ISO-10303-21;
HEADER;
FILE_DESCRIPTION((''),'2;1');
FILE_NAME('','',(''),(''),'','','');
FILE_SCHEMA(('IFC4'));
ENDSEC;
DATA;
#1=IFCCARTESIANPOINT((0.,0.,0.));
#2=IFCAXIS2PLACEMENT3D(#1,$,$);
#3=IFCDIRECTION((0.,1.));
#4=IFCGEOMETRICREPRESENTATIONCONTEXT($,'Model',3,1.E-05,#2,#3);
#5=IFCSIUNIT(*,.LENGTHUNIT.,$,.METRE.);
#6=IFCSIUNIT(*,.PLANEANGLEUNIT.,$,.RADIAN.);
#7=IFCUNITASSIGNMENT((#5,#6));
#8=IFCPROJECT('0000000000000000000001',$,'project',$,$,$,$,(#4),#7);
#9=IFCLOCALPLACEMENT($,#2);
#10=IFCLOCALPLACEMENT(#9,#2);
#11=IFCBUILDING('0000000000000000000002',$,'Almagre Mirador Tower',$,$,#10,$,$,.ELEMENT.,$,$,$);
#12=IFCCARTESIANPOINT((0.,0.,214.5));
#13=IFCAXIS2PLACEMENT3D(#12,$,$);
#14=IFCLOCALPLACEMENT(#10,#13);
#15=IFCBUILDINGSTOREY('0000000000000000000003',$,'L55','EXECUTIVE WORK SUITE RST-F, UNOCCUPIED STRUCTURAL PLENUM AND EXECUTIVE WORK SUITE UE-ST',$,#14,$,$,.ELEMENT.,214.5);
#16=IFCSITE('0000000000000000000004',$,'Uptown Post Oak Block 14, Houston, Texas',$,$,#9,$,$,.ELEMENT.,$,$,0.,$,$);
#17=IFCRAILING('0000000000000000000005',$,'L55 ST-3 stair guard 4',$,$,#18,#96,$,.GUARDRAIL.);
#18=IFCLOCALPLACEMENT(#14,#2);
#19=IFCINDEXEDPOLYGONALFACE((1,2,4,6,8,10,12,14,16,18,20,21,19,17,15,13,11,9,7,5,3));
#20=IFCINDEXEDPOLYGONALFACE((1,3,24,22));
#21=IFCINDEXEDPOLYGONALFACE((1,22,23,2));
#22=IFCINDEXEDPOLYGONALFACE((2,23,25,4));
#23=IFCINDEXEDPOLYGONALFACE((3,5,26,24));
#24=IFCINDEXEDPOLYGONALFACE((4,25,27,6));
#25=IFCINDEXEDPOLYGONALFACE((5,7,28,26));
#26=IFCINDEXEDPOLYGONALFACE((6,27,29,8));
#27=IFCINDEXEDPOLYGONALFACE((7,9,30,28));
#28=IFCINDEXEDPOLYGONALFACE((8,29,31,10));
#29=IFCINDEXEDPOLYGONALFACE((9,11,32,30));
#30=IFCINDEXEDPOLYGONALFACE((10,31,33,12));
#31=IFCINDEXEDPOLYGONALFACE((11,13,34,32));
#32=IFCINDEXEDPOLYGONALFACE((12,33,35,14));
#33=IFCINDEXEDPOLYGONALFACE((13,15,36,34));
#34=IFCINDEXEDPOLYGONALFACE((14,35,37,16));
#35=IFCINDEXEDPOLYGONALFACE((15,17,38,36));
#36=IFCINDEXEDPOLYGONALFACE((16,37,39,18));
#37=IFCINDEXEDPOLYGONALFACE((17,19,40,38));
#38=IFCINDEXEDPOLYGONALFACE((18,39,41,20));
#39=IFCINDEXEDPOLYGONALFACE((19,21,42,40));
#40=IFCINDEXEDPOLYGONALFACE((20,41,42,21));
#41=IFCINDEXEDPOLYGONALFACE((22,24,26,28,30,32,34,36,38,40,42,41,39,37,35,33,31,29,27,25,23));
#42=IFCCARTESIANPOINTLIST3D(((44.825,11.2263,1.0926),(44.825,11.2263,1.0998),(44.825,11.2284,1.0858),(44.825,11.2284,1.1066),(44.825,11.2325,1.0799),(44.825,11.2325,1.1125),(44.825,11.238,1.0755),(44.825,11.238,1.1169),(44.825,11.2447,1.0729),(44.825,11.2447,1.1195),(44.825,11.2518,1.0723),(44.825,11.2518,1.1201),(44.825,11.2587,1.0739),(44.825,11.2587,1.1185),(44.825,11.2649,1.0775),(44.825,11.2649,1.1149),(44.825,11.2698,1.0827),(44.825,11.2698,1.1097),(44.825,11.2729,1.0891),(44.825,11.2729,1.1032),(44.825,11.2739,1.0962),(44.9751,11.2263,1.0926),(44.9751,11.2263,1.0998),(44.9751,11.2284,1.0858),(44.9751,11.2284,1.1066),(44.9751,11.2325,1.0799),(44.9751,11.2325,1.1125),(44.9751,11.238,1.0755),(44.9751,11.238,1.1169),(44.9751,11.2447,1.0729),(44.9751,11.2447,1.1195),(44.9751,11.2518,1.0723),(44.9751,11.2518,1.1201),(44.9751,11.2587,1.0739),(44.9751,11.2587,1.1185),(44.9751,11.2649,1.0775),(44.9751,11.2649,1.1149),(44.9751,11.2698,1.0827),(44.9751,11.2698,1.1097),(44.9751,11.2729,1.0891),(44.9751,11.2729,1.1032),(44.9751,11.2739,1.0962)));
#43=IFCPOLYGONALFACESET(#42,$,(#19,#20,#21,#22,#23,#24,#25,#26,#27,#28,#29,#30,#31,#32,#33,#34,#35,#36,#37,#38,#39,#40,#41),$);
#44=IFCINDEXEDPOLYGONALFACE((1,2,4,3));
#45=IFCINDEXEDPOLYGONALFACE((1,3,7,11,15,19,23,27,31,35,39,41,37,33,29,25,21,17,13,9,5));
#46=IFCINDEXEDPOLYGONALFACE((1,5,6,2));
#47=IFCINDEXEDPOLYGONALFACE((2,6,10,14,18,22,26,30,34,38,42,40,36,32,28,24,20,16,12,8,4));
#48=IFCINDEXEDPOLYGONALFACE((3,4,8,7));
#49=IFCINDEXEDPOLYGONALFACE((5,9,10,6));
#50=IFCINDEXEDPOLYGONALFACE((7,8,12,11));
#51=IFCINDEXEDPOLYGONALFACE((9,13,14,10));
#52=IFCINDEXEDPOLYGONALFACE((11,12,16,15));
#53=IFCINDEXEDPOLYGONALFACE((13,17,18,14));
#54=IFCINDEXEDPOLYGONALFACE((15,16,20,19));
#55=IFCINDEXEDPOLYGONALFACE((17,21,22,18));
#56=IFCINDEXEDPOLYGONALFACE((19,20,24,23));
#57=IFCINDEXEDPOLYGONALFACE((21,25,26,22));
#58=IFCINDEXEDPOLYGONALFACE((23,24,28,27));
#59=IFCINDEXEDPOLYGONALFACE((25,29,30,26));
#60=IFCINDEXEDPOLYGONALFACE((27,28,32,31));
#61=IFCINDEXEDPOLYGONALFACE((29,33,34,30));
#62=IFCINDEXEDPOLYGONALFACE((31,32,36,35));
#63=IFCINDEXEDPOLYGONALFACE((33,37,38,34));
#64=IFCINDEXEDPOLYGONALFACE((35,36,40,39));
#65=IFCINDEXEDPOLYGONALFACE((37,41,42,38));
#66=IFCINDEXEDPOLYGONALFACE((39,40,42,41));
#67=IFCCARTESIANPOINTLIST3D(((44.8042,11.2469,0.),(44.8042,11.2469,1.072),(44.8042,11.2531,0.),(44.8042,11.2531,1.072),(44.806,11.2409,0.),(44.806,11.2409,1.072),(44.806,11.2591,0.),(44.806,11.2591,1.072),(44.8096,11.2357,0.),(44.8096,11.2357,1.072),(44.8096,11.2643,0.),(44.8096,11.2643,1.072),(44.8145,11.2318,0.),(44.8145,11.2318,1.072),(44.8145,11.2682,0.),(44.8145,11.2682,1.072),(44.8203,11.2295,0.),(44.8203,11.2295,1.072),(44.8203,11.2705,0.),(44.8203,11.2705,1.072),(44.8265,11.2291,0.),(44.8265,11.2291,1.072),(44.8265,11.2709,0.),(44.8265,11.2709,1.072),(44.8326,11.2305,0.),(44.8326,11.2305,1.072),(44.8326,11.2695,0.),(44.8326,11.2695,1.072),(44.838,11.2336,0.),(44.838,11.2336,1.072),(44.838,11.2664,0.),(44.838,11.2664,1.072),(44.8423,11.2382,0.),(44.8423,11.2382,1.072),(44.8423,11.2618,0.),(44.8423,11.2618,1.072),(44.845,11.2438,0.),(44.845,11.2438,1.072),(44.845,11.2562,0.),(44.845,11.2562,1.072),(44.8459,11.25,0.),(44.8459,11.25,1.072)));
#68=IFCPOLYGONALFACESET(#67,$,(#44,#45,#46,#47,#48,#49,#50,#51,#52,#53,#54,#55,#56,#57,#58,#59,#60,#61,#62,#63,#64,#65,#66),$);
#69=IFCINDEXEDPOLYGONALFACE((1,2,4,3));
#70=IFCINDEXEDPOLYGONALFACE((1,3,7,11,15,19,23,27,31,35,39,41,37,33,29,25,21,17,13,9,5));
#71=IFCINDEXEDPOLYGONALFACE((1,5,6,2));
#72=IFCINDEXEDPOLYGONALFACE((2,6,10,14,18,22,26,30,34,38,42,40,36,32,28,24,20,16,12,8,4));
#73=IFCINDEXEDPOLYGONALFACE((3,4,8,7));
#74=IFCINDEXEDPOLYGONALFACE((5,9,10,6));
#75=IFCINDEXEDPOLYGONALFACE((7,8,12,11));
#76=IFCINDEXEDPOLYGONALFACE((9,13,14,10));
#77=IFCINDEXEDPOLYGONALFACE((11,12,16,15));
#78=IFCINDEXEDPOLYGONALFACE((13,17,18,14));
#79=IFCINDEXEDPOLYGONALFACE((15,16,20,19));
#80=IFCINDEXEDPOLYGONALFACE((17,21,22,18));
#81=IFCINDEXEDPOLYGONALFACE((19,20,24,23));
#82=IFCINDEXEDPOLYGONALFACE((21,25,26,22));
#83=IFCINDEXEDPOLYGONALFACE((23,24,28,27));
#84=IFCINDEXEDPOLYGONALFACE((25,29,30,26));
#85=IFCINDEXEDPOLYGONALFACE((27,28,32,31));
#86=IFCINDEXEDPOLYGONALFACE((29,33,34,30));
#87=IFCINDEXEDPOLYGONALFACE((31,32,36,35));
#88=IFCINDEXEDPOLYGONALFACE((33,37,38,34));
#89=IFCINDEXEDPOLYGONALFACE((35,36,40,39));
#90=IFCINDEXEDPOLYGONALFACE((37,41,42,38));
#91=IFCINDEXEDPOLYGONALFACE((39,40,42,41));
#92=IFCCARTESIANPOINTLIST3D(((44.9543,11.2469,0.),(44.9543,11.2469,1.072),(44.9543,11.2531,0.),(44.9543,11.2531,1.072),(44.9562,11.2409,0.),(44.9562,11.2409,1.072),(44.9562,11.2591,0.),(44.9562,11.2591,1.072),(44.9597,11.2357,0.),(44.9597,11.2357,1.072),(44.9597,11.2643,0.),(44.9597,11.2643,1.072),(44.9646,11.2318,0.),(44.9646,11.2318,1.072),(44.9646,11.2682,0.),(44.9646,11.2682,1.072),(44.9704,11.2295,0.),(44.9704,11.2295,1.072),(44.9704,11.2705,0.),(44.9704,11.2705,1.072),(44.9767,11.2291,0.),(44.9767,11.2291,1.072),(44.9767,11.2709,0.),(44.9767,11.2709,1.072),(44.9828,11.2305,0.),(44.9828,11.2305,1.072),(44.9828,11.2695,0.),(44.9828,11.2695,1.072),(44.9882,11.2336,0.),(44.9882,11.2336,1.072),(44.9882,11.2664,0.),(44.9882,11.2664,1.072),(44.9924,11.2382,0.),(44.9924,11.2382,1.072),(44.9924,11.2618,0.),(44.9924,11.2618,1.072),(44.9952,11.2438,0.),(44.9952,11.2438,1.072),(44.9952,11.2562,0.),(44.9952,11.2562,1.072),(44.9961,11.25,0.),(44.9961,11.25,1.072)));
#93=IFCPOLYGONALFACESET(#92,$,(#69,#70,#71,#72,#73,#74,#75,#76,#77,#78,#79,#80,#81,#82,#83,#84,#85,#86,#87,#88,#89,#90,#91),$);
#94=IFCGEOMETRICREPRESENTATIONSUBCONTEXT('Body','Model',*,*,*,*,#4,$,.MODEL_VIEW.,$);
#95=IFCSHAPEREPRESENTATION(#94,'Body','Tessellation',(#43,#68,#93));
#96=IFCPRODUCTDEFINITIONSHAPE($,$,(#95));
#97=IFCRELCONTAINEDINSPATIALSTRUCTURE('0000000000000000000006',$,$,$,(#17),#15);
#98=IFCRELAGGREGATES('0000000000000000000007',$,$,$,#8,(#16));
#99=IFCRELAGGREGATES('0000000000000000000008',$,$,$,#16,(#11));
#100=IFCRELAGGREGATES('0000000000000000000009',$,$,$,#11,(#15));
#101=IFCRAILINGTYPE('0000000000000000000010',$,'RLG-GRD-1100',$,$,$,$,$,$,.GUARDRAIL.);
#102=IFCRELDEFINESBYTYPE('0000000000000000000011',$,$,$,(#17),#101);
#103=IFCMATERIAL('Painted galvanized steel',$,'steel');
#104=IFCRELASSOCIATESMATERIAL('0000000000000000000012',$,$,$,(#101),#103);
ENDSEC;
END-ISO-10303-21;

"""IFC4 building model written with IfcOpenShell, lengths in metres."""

from ifc_helpers import new_model, si_unit, direction, frame, origin, origin_2d, place, context, subcontext, project, spatial, circle, extrude, material, type_object, element, save


model = new_model("IFC4")

# Units and contexts
model_context = context("Model", 3, precision=1e-05, world=origin(), true_north=direction((0.0, 1.0)))
body_context = subcontext(model_context, "Body", "Model", "MODEL_VIEW")
ifc_project = project(units=[si_unit("LENGTHUNIT", "METRE"), si_unit("PLANEANGLEUNIT", "RADIAN")], contexts=[model_context])

# Site, building, storey
site_placement = place(None, origin())
site = spatial("IfcSite", under=ifc_project, at=site_placement, Name="Uptown Post Oak Block 14, Houston, Texas", CompositionType="ELEMENT", RefElevation=0.0)
building_placement = place(site_placement, origin())
building = spatial("IfcBuilding", under=site, at=building_placement, Name="Almagre Mirador Tower", CompositionType="ELEMENT")
storey_placement = place(building_placement, frame((0.0, 0.0, 214.5)))
storey = spatial("IfcBuildingStorey", under=building, at=storey_placement, Name="L55", Description="EXECUTIVE WORK SUITE RST-F, UNOCCUPIED STRUCTURAL PLENUM AND EXECUTIVE WORK SUITE UE-ST", CompositionType="ELEMENT", Elevation=214.5)

# Railing
ifc_material_1 = material(Name="Painted galvanized steel", Category="steel")
railing_type_1 = type_object("IfcRailingType", Name="RLG-GRD-1100", PredefinedType="GUARDRAIL", material=ifc_material_1)
railing_1_placement = place(storey_placement, frame((44.825, 11.25, 0.0)))
element("IfcRailing", 1, at=railing_1_placement, inside=storey, type_object=railing_type_1, Name="L55 ST-3 stair guard 4", PredefinedType="GUARDRAIL", context=body_context, shape_type="SweptSolid", body=[
    extrude(circle(Radius=0.0239, at=origin_2d()), frame((0.0, 0.0, 1.0962), z_axis=(1.0, 0.0, 0.0), x_axis=(0.0, 1.0, 0.0)), (0.0, 0.0, 1.0), 0.1501),
    extrude(circle(Radius=0.021, at=origin_2d()), origin(), (0.0, 0.0, 1.0), 1.072),
    extrude(circle(Radius=0.021, at=origin_2d()), frame((0.1501, 0.0, 0.0)), (0.0, 0.0, 1.0), 1.072),
])

save(model, "model.ifc")
